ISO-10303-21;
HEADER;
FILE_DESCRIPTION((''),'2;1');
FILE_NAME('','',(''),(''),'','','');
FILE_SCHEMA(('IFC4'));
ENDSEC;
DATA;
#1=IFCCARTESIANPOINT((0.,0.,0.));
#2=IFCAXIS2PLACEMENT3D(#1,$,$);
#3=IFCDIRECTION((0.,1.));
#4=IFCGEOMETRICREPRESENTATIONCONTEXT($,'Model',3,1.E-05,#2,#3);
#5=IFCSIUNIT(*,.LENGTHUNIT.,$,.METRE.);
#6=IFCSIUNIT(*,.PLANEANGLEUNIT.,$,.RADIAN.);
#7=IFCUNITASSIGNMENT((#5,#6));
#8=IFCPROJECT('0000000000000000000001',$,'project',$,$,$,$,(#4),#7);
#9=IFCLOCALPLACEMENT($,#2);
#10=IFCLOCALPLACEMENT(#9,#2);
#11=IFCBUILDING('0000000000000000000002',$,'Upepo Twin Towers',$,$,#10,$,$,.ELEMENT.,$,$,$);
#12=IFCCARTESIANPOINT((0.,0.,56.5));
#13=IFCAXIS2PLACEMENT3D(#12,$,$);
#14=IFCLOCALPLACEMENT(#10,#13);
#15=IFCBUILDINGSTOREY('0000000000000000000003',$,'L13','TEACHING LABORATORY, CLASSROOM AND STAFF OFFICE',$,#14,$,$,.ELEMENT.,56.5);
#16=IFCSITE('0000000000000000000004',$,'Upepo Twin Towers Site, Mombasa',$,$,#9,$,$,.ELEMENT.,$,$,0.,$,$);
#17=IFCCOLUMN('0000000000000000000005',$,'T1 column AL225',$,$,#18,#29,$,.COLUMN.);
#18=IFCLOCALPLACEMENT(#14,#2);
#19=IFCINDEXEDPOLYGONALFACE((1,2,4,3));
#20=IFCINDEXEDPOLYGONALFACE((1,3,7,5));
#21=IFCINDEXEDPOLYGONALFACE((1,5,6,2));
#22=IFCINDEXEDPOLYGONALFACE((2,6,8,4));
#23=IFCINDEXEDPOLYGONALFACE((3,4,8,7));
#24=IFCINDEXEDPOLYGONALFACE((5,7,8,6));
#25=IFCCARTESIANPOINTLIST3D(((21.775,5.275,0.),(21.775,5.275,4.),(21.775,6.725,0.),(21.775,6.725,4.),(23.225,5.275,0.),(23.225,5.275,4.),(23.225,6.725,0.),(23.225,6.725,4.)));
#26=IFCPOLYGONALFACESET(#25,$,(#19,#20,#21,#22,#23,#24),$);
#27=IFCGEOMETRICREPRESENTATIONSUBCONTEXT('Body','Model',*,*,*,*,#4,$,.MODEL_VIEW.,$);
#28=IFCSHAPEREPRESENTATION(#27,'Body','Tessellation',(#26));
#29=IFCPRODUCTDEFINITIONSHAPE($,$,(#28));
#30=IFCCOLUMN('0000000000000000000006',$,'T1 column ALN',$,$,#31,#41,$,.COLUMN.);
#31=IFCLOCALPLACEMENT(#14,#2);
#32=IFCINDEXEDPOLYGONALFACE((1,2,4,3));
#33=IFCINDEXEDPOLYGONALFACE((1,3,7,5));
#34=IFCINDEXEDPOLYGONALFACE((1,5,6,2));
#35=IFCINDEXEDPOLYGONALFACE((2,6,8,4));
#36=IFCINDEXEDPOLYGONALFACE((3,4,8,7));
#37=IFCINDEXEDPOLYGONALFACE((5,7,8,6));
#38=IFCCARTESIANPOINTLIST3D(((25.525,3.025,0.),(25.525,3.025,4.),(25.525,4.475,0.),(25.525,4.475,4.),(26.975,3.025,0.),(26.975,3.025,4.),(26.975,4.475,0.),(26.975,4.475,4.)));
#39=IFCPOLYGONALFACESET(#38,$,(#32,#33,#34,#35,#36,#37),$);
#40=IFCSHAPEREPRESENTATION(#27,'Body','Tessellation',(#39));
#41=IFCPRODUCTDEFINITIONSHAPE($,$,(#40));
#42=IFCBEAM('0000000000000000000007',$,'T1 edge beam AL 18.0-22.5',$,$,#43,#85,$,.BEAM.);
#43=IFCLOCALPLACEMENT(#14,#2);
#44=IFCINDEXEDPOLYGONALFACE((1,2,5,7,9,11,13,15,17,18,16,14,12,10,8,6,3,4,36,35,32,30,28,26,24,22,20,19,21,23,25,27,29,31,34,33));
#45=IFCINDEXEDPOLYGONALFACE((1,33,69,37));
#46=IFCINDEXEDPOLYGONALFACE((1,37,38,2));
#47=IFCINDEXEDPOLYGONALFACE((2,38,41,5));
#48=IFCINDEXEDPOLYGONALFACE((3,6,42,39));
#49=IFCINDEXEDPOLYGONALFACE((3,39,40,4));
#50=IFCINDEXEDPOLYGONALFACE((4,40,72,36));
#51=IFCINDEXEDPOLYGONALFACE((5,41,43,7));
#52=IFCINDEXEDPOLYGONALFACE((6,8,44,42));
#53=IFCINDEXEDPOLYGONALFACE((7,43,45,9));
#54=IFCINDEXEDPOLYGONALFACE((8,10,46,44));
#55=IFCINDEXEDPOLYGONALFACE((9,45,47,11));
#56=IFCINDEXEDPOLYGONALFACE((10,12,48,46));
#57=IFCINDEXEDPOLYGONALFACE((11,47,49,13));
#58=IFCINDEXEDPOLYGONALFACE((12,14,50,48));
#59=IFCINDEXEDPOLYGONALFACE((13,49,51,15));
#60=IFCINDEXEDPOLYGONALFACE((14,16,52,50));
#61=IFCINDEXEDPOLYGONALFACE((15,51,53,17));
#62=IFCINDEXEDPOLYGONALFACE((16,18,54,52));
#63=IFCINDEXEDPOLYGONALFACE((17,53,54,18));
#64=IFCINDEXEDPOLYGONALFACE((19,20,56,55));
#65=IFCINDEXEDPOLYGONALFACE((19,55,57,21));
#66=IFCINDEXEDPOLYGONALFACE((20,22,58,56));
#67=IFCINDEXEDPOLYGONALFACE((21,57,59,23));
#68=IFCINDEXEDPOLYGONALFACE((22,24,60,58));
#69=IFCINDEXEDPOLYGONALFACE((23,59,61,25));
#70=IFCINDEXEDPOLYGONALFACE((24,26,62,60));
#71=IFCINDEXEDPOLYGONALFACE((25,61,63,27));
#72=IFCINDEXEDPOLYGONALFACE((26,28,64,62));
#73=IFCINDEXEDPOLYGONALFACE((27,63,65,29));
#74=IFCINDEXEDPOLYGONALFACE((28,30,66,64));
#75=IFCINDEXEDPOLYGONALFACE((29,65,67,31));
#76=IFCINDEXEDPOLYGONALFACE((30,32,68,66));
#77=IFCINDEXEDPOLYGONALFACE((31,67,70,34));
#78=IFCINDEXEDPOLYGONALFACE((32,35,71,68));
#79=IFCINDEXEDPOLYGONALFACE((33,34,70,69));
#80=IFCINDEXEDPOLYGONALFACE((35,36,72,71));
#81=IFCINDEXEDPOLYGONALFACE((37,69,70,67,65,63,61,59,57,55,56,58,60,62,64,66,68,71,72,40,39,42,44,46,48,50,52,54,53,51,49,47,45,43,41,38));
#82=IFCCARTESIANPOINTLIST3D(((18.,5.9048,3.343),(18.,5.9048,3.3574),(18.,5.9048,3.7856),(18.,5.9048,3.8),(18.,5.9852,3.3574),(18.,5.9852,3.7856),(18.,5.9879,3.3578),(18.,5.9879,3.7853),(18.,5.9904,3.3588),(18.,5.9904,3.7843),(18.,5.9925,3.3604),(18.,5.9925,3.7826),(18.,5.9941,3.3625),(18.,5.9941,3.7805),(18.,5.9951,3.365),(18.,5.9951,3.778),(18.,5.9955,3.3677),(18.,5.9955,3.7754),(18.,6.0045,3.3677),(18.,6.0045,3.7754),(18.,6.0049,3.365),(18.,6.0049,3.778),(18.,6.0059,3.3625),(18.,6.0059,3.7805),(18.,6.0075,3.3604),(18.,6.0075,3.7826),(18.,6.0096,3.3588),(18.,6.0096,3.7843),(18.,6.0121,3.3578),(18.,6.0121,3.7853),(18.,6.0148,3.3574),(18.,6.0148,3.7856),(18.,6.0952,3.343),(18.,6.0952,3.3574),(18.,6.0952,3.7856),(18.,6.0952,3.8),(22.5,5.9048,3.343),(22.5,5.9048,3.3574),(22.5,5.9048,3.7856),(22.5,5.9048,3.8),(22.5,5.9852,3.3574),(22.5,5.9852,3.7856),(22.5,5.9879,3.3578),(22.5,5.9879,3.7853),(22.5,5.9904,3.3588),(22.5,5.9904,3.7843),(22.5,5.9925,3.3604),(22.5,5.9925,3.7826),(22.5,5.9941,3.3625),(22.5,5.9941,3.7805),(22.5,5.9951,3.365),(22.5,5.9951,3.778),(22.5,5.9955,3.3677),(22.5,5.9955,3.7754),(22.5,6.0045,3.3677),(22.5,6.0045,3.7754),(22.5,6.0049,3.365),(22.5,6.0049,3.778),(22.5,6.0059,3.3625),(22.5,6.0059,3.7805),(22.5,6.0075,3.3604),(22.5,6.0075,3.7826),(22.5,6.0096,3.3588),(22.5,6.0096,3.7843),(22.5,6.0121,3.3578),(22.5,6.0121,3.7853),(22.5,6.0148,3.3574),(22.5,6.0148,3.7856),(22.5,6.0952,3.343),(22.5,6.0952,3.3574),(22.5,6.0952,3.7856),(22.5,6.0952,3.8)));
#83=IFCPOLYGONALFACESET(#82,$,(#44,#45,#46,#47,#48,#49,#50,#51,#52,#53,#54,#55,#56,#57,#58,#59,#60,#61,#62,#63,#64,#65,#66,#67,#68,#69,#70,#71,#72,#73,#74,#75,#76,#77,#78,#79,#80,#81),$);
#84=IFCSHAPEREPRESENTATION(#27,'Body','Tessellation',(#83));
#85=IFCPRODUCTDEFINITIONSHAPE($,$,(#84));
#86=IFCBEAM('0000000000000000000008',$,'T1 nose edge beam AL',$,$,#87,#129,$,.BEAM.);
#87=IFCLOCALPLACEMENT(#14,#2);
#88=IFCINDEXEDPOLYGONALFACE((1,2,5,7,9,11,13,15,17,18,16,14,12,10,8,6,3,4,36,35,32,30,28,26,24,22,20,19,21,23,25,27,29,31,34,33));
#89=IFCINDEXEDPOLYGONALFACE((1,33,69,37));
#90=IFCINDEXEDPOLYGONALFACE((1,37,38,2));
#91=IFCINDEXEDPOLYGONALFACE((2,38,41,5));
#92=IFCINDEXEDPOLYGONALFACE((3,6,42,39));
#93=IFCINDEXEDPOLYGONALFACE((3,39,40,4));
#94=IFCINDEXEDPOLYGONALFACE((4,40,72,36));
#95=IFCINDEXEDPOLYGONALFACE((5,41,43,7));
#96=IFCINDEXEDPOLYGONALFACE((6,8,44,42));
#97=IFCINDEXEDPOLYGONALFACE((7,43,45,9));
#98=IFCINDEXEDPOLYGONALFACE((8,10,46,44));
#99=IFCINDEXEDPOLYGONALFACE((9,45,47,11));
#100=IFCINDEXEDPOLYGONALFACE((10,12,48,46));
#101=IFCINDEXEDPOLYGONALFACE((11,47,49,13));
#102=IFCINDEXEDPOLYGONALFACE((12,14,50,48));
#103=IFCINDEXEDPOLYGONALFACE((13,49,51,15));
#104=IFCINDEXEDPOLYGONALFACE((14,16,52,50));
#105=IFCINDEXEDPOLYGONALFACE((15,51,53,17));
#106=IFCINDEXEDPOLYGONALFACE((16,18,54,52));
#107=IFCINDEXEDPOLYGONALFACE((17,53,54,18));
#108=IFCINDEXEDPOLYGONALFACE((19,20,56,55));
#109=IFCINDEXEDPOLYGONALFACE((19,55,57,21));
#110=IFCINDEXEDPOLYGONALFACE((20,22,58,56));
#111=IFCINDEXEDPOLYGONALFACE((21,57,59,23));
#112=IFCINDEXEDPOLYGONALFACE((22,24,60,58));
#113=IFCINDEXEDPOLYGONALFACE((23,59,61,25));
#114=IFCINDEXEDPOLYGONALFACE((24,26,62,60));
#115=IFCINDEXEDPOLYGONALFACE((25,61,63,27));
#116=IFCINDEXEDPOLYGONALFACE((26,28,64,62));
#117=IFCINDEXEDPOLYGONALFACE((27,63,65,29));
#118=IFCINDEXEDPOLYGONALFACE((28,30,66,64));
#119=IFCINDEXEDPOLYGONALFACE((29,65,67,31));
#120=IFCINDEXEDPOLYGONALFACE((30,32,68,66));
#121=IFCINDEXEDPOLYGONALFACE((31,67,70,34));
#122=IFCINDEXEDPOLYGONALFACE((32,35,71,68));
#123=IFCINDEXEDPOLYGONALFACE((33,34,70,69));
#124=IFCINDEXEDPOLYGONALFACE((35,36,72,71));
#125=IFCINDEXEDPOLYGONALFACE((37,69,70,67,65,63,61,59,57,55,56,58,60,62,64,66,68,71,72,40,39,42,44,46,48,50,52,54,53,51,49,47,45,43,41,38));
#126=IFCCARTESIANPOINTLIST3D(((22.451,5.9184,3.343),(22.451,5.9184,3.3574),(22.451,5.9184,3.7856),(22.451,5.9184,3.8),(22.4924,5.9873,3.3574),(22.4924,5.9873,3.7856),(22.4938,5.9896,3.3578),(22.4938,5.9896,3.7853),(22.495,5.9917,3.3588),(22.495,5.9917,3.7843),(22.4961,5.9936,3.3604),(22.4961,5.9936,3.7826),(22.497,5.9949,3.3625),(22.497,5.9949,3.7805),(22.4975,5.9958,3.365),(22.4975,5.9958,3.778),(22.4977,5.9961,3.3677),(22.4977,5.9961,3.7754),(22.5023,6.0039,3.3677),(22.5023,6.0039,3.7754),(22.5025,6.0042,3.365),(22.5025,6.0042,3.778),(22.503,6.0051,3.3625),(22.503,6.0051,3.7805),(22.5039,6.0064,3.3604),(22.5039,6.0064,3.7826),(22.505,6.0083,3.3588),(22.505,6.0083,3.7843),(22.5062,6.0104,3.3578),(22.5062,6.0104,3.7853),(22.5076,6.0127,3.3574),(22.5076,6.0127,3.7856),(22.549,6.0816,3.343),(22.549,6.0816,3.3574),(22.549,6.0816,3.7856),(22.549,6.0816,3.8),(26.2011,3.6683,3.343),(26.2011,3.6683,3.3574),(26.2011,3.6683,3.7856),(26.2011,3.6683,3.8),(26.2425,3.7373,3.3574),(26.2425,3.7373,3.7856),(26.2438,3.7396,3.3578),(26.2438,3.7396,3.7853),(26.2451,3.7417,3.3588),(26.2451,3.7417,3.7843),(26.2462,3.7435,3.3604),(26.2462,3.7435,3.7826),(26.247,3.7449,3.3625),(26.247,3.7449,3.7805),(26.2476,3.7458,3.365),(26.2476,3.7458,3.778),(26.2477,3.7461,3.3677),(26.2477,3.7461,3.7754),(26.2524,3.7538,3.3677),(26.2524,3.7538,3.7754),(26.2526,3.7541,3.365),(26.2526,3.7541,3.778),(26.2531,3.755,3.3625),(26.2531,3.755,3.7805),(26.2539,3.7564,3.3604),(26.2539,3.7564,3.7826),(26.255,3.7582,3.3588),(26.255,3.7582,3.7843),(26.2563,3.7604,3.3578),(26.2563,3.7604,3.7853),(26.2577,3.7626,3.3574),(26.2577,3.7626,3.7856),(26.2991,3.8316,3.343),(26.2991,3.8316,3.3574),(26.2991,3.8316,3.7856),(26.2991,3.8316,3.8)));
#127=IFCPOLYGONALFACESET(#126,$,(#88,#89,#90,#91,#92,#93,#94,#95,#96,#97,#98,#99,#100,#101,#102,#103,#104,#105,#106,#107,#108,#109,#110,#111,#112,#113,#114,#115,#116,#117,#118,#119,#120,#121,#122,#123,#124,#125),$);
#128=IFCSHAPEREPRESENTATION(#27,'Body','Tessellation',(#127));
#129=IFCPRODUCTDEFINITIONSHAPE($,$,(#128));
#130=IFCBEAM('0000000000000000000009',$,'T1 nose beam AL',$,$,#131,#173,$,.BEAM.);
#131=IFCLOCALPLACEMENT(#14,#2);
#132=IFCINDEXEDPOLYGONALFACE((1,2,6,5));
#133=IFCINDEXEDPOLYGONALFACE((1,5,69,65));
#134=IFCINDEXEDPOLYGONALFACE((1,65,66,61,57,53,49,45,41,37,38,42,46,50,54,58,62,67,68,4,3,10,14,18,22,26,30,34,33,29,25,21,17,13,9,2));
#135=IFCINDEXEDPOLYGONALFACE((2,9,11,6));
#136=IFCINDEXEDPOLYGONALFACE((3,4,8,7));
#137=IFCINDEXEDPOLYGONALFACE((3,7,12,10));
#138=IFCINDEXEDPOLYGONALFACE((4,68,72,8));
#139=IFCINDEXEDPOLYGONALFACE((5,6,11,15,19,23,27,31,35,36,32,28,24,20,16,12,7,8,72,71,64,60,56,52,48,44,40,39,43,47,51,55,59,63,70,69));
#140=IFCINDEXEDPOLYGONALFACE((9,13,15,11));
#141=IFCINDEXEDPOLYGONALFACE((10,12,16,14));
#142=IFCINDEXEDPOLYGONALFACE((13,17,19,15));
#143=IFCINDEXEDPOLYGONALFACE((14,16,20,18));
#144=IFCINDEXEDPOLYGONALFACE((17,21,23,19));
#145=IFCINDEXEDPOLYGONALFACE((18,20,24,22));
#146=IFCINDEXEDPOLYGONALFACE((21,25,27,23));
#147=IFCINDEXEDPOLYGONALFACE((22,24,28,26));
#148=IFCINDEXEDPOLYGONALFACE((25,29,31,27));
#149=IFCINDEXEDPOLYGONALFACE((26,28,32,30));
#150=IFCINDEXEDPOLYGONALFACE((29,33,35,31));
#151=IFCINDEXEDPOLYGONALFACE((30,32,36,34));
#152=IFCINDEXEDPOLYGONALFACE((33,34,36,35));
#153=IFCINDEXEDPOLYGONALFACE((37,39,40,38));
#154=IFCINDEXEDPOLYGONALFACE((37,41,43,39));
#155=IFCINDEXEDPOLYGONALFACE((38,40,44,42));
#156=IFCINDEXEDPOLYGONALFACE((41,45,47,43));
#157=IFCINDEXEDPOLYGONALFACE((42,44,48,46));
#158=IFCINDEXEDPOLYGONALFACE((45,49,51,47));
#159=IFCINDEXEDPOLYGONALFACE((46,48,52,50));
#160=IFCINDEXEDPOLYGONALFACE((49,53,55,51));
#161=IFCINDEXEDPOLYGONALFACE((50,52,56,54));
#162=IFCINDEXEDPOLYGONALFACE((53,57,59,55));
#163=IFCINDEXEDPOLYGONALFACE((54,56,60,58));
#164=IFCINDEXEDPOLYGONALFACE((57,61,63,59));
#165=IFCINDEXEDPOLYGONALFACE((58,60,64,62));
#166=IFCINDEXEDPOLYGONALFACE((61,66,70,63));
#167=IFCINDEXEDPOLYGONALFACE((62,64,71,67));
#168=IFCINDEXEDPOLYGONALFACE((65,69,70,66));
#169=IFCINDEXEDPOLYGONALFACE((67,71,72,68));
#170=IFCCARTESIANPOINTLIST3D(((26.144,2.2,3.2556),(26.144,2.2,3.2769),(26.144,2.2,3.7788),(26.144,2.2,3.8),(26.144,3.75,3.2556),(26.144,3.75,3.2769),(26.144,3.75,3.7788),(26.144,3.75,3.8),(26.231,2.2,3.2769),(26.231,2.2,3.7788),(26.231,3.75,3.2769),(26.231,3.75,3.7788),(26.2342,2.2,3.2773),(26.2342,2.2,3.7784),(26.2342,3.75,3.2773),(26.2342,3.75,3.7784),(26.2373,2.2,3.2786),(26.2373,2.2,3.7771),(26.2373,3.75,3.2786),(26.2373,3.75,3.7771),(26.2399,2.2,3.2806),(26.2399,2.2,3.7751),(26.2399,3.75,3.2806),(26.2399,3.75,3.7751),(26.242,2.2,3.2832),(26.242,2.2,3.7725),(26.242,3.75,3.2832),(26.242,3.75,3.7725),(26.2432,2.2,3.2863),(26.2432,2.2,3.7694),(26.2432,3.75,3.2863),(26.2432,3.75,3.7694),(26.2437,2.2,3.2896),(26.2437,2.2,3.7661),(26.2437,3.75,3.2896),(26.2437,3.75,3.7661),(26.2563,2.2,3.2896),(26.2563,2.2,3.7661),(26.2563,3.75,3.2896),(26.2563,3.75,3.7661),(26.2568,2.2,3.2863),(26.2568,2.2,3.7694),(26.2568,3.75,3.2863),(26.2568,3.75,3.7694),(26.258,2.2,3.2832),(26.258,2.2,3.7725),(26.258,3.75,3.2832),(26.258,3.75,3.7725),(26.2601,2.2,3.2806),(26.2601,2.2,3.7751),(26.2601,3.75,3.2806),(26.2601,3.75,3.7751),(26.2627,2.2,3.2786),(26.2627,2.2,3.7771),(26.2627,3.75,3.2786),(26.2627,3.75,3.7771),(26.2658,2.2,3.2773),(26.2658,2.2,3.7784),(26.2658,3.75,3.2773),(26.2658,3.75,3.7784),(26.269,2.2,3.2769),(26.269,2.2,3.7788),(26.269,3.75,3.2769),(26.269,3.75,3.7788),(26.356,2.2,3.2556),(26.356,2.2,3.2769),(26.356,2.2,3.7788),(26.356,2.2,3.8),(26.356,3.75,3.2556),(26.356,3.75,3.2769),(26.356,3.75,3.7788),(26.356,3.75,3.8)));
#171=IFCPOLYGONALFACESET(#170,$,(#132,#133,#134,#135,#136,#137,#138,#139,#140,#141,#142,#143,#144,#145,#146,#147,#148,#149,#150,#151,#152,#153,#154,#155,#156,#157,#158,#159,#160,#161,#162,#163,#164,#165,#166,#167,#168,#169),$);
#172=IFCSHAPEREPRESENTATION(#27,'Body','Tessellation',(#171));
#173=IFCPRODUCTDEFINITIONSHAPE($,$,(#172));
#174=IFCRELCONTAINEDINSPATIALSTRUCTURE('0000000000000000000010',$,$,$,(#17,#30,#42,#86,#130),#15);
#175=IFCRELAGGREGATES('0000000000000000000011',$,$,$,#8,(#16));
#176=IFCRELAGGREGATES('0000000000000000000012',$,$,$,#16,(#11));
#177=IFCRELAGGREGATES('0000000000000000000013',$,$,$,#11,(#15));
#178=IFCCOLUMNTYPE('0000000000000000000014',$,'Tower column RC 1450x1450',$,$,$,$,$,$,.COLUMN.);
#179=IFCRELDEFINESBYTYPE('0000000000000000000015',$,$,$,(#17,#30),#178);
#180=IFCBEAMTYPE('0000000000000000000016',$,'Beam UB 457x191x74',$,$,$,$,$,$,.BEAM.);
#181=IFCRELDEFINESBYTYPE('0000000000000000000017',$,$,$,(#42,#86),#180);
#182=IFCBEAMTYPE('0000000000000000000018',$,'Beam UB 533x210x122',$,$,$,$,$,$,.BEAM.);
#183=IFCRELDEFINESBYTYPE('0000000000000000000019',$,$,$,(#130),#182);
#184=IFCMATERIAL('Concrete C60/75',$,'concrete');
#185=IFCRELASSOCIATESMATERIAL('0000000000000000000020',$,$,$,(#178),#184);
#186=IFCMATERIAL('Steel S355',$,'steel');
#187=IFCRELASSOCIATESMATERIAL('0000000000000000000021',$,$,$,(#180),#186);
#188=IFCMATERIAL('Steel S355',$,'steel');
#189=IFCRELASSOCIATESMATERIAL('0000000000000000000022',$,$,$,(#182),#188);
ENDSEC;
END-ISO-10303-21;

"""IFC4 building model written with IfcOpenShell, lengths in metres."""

from ifc_helpers import new_model, si_unit, direction, frame, origin, origin_2d, place, context, subcontext, project, spatial, rectangle, i_section, extrude, material, material_profile, profile_set, type_object, element, save


model = new_model("IFC4")

# Units and contexts
model_context = context("Model", 3, precision=1e-05, world=origin(), true_north=direction((0.0, 1.0)))
body_context = subcontext(model_context, "Body", "Model", "MODEL_VIEW")
ifc_project = project(units=[si_unit("LENGTHUNIT", "METRE"), si_unit("PLANEANGLEUNIT", "RADIAN")], contexts=[model_context])

# Site, building, storey
site_placement = place(None, origin())
site = spatial("IfcSite", under=ifc_project, at=site_placement, Name="Upepo Twin Towers Site, Mombasa", CompositionType="ELEMENT", RefElevation=0.0)
building_placement = place(site_placement, origin())
building = spatial("IfcBuilding", under=site, at=building_placement, Name="Upepo Twin Towers", CompositionType="ELEMENT")
storey_placement = place(building_placement, frame((0.0, 0.0, 56.5)))
storey = spatial("IfcBuildingStorey", under=building, at=storey_placement, Name="L13", Description="TEACHING LABORATORY, CLASSROOM AND STAFF OFFICE", CompositionType="ELEMENT", Elevation=56.5)

# Columns
ifc_material_1 = material(Name="Concrete C60/75", Category="concrete")
ifc_material_profile_1 = material_profile(ifc_material_1, rectangle(XDim=1.45, YDim=1.45, at=origin_2d()), Name="RC 1450x1450")
ifc_profile_set_1 = profile_set([ifc_material_profile_1], Name="Concrete C60/75")
column_type = type_object("IfcColumnType", Name="Tower column RC 1450x1450", PredefinedType="COLUMN", material=ifc_profile_set_1)
for number, where, z_axis, x_axis, name in (
    (1, (22.5, 6.0, 0.0), (0.0, 0.0, 1.0), (1.0, 0.0, 0.0), "T1 column AL225"),
    (2, (26.25, 3.75, 0.0), (0.0, 0.0, 1.0), (1.0, 0.0, 0.0), "T1 column ALN"),
):
    element("IfcColumn", number, at=place(storey_placement, frame(where, z_axis=z_axis, x_axis=x_axis)), inside=storey, type_object=column_type, Name=name, PredefinedType="COLUMN", context=body_context, shape_type="SweptSolid", body=[
        extrude(rectangle(XDim=1.45, YDim=1.45, at=origin_2d()), origin(), (0.0, 0.0, 1.0), 4.0),
    ])

# Beams
ifc_material_2 = material(Name="Steel S355", Category="steel")
ifc_material_profile_2 = material_profile(ifc_material_2, i_section(OverallWidth=0.1904, OverallDepth=0.457, WebThickness=0.009, FlangeThickness=0.0144, FilletRadius=0.0103, at=origin_2d()), Name="UB 457x191x74")
ifc_profile_set_2 = profile_set([ifc_material_profile_2], Name="Steel S355")
beam_type_1 = type_object("IfcBeamType", Name="Beam UB 457x191x74", PredefinedType="BEAM", material=ifc_profile_set_2)
beam_1_placement = place(storey_placement, frame((18.0, 6.0, 3.5715), z_axis=(1.0, 0.0, 0.0), x_axis=(0.0, 1.0, 0.0)))
element("IfcBeam", 3, at=beam_1_placement, inside=storey, type_object=beam_type_1, Name="T1 edge beam AL 18.0-22.5", PredefinedType="BEAM", context=body_context, shape_type="SweptSolid", body=[
    extrude(i_section(OverallWidth=0.1904, OverallDepth=0.457, WebThickness=0.009, FlangeThickness=0.0144, FilletRadius=0.0103, at=origin_2d()), origin(), (0.0, 0.0, 1.0), 4.5),
])
beam_2_placement = place(storey_placement, frame((22.5, 6.0, 3.5715), z_axis=(0.857493, -0.514496, 0.0), x_axis=(0.514496, 0.857493, 0.0)))
element("IfcBeam", 4, at=beam_2_placement, inside=storey, type_object=beam_type_1, Name="T1 nose edge beam AL", PredefinedType="BEAM", context=body_context, shape_type="SweptSolid", body=[
    extrude(i_section(OverallWidth=0.1904, OverallDepth=0.457, WebThickness=0.009, FlangeThickness=0.0144, FilletRadius=0.0103, at=origin_2d()), origin(), (0.0, 0.0, 1.0), 4.3733),
])
ifc_material_3 = material(Name="Steel S355", Category="steel")
ifc_material_profile_3 = material_profile(ifc_material_3, i_section(OverallWidth=0.2119, OverallDepth=0.5444, WebThickness=0.0127, FlangeThickness=0.0212, FilletRadius=0.0127, at=origin_2d()), Name="UB 533x210x122")
ifc_profile_set_3 = profile_set([ifc_material_profile_3], Name="Steel S355")
beam_type_2 = type_object("IfcBeamType", Name="Beam UB 533x210x122", PredefinedType="BEAM", material=ifc_profile_set_3)
beam_3_placement = place(storey_placement, frame((26.25, 3.75, 3.5278), z_axis=(0.0, -1.0, 0.0), x_axis=(1.0, 0.0, 0.0)))
element("IfcBeam", 5, at=beam_3_placement, inside=storey, type_object=beam_type_2, Name="T1 nose beam AL", PredefinedType="BEAM", context=body_context, shape_type="SweptSolid", body=[
    extrude(i_section(OverallWidth=0.2119, OverallDepth=0.5444, WebThickness=0.0127, FlangeThickness=0.0212, FilletRadius=0.0127, at=origin_2d()), origin(), (0.0, 0.0, 1.0), 1.55),
])

save(model, "model.ifc")
